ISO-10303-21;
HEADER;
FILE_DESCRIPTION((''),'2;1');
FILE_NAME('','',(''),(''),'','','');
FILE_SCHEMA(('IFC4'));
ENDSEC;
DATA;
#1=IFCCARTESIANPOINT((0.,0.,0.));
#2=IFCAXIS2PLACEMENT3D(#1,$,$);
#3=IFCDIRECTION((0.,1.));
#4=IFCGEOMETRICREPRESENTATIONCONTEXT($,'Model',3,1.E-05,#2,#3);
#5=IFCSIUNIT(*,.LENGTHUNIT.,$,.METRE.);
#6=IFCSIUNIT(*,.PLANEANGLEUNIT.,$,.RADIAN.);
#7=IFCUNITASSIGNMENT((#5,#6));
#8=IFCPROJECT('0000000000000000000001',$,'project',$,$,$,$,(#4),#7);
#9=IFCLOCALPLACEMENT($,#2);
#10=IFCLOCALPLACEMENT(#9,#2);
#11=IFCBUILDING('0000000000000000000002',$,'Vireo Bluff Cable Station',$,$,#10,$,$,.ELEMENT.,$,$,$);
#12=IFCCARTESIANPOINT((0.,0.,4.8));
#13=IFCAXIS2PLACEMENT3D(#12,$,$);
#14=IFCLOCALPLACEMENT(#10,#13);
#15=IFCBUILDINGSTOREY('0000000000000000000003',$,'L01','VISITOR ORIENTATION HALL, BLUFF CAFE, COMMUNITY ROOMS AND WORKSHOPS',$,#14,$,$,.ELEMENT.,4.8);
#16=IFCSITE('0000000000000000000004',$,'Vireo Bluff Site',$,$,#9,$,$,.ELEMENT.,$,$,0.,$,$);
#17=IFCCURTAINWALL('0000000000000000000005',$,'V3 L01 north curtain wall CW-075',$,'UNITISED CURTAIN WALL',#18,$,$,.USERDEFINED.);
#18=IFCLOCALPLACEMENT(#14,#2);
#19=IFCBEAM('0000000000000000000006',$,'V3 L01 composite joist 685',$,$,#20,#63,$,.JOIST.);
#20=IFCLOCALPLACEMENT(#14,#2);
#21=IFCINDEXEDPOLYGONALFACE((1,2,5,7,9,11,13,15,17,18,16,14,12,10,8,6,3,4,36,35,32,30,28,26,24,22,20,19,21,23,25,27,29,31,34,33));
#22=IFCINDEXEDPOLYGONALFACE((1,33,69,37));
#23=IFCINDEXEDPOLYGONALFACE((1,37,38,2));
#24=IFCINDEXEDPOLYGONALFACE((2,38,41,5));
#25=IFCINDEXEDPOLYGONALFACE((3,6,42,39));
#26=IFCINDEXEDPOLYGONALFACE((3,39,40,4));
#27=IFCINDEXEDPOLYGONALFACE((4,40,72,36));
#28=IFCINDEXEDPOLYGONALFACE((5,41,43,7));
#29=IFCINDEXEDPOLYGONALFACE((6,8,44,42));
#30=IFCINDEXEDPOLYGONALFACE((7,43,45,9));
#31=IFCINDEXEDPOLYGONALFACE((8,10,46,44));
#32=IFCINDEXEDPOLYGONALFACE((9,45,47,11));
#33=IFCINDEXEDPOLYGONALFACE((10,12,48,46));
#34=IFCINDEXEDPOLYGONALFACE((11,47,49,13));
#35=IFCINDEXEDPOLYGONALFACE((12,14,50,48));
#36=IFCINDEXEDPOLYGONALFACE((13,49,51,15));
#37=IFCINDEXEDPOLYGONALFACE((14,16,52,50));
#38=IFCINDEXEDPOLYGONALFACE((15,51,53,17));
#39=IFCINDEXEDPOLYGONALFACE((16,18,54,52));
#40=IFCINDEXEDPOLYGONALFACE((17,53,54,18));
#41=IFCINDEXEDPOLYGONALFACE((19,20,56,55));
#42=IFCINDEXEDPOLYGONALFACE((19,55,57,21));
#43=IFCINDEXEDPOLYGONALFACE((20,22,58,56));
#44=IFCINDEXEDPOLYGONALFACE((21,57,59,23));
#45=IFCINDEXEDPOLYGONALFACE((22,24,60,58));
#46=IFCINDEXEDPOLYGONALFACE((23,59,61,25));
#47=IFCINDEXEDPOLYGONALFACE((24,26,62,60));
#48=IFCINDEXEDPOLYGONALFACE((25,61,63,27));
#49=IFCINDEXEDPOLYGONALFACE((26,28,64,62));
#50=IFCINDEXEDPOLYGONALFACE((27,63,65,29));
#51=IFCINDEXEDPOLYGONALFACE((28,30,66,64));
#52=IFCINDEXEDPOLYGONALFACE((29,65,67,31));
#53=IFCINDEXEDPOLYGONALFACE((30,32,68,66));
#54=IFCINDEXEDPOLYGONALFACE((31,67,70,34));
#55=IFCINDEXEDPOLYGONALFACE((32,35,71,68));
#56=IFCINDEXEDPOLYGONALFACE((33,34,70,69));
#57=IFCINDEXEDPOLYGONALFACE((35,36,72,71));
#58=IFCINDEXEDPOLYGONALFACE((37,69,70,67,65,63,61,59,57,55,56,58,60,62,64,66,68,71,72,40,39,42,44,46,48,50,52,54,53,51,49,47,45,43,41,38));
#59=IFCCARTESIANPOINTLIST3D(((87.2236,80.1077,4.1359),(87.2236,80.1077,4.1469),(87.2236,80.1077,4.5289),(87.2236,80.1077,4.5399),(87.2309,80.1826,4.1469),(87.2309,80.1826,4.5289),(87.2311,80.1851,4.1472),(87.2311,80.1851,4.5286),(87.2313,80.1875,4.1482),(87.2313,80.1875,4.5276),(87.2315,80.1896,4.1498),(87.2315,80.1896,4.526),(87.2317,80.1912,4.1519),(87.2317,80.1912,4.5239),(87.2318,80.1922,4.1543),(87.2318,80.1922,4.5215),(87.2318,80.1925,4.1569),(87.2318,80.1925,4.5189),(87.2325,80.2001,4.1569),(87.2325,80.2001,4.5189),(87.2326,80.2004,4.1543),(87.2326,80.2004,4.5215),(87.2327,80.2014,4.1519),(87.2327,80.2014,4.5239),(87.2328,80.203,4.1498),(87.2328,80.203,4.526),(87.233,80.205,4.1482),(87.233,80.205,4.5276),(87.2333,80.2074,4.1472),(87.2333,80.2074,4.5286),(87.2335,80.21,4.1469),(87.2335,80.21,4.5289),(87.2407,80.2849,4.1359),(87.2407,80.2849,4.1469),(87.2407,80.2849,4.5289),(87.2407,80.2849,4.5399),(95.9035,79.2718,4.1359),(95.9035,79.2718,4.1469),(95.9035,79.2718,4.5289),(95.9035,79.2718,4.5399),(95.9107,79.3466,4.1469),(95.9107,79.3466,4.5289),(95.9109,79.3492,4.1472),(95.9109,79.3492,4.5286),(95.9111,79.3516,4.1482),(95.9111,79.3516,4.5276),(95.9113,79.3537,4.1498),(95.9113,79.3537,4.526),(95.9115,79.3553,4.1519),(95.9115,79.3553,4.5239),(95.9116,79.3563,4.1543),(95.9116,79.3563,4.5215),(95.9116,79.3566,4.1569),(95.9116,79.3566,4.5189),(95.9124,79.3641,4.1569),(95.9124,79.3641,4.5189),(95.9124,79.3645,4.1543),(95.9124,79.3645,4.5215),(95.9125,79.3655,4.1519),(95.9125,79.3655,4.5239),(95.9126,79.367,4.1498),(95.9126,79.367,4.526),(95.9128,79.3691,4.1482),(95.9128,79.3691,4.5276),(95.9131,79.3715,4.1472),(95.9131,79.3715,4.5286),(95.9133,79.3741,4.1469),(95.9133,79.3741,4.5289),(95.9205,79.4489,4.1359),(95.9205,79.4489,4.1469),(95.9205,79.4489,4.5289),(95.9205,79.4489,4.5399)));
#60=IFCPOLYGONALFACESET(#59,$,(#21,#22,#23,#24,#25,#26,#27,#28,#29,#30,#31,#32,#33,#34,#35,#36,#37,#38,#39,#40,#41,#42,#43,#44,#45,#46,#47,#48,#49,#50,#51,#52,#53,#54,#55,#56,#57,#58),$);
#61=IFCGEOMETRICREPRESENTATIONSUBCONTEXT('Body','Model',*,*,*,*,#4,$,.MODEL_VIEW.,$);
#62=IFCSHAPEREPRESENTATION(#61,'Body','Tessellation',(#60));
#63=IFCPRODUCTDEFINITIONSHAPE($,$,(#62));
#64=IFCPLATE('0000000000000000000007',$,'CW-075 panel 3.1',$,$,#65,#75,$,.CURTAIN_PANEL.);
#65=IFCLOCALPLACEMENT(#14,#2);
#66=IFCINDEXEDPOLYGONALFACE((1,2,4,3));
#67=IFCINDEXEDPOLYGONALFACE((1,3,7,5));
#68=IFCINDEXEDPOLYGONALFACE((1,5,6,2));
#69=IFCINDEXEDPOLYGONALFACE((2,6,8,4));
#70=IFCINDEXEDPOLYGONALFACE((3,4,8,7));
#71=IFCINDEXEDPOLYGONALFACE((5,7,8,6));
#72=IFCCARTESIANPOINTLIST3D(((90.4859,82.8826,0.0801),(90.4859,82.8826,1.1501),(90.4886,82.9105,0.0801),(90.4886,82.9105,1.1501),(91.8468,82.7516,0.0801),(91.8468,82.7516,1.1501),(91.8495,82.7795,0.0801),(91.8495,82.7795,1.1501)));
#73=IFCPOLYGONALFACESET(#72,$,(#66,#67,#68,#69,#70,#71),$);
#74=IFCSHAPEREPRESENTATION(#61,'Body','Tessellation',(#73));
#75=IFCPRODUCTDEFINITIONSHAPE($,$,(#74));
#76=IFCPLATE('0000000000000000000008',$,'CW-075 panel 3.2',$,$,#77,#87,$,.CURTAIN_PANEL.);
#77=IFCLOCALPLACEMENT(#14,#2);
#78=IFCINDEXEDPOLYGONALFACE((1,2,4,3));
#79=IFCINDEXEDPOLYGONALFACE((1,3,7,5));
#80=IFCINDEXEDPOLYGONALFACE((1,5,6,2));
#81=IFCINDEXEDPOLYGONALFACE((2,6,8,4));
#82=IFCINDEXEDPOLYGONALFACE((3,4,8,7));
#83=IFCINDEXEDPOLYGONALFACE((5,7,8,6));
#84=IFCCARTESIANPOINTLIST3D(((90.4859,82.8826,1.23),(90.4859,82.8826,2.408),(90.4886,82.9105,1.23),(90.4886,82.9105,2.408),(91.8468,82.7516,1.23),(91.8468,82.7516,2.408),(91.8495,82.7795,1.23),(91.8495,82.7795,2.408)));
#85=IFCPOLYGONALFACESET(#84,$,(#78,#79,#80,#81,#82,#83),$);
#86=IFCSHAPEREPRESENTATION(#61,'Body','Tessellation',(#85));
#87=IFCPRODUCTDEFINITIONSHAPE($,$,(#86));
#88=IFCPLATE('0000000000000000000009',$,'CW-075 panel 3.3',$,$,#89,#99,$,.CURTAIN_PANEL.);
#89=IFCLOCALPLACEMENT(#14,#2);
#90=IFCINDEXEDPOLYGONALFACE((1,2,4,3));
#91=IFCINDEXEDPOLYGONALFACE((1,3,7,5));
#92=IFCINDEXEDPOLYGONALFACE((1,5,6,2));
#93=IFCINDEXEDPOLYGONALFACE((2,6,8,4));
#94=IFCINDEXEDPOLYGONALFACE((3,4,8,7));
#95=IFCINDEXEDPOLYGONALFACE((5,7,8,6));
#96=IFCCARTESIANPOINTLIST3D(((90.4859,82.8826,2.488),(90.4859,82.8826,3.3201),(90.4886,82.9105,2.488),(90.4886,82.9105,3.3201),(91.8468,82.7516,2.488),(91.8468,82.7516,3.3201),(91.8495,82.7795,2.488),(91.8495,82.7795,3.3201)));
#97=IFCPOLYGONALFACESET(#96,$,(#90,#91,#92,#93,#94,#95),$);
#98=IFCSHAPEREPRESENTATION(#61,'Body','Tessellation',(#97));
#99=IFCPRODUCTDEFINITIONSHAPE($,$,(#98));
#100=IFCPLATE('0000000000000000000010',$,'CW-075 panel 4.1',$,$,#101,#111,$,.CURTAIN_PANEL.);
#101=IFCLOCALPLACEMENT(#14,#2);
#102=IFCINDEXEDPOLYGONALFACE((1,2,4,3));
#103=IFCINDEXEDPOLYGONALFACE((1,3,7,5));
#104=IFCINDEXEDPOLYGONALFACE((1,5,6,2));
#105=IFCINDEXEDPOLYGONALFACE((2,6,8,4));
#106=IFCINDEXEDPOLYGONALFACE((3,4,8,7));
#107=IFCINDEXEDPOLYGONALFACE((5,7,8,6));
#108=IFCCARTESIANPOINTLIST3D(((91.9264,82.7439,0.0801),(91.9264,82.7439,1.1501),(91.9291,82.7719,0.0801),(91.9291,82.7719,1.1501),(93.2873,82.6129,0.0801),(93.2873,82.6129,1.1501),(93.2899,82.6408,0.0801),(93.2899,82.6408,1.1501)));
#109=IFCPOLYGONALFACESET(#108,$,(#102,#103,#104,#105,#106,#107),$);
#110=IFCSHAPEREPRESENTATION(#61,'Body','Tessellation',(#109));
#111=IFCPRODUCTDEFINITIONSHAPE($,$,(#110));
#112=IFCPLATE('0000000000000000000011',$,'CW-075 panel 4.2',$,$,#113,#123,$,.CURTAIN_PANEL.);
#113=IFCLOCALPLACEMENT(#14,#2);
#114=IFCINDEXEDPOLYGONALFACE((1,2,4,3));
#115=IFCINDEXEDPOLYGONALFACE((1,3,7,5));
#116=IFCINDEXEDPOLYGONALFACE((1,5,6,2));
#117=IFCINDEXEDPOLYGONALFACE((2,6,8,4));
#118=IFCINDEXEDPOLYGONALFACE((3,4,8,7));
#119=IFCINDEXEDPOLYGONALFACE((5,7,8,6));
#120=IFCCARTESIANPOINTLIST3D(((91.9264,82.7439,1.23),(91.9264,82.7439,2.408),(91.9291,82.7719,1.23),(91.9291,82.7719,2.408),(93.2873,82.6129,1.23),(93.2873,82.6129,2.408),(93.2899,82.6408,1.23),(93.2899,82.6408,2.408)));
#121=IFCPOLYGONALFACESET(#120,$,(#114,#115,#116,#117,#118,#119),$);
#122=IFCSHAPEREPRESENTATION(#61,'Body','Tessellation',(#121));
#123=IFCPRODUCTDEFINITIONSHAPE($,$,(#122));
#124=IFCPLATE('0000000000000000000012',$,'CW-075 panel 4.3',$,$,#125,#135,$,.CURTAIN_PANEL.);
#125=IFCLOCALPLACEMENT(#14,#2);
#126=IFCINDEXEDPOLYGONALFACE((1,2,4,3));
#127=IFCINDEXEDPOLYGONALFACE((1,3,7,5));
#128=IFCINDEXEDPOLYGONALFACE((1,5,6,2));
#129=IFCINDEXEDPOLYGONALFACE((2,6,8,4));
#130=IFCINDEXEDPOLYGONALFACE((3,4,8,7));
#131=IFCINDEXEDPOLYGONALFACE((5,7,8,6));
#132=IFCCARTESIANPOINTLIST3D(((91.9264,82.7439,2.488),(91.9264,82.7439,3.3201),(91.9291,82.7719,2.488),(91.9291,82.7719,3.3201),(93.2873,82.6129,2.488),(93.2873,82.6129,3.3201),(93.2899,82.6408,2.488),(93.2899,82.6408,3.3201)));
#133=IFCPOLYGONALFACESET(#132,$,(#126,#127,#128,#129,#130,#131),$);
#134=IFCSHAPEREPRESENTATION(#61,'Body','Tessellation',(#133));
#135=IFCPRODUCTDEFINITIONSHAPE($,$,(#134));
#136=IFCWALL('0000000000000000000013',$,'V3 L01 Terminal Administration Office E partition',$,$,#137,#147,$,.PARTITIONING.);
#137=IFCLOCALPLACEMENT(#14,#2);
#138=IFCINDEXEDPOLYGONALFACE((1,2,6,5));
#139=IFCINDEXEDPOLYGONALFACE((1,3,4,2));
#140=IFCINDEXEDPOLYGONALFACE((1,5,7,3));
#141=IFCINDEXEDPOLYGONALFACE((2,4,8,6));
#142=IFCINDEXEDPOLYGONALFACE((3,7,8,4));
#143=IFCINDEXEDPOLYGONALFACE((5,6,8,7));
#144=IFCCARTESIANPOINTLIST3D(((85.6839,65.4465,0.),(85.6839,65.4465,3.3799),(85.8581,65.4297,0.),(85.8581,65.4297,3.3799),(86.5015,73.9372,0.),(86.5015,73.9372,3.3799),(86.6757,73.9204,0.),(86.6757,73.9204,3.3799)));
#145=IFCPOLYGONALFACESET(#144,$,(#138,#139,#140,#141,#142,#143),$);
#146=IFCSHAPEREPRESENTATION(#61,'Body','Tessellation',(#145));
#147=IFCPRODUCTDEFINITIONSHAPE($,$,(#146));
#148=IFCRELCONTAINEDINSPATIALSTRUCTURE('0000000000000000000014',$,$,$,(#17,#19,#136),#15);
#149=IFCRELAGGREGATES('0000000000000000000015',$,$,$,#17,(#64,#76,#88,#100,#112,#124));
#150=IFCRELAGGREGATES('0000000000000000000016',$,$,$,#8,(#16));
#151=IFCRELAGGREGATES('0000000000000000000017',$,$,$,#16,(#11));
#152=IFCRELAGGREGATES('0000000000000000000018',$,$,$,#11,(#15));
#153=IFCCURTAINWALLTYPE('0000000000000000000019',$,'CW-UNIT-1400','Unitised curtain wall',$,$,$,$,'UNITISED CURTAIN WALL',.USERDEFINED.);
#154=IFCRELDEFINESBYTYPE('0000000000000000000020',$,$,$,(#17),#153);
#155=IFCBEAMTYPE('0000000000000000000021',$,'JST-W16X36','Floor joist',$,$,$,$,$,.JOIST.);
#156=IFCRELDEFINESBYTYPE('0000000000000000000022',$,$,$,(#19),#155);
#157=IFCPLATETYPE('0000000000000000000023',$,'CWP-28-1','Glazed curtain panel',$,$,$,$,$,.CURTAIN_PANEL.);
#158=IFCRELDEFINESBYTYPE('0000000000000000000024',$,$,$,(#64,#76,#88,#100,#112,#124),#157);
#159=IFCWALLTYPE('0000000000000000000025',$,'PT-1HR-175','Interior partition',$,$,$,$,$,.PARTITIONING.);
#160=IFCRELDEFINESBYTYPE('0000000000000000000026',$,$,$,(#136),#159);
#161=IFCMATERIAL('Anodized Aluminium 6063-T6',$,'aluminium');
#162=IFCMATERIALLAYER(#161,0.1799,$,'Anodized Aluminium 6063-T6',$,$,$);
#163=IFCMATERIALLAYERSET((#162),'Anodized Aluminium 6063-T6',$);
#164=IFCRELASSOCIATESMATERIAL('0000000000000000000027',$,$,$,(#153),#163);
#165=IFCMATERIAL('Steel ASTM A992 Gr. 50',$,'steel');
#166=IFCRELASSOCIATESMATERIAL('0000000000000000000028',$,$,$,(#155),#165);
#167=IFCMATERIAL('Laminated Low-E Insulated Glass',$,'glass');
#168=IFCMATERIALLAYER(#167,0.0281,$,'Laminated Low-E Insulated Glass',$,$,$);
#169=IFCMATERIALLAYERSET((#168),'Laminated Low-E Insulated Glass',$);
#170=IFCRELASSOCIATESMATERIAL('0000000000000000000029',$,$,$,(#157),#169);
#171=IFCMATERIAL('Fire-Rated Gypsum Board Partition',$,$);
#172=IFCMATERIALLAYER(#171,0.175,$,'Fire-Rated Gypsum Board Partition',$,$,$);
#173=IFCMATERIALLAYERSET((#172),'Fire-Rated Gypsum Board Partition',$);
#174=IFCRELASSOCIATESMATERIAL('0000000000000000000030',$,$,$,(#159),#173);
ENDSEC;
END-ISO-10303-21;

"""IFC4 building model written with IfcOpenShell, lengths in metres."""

from ifc_helpers import new_model, si_unit, direction, frame, frame_2d, origin, origin_2d, place, context, subcontext, project, spatial, rectangle, i_section, extrude, material, layer, layer_set, material_profile, profile_set, type_object, element, aggregate, save


model = new_model("IFC4")

# Units and contexts
model_context = context("Model", 3, precision=1e-05, world=origin(), true_north=direction((0.0, 1.0)))
body_context = subcontext(model_context, "Body", "Model", "MODEL_VIEW")
ifc_project = project(units=[si_unit("LENGTHUNIT", "METRE"), si_unit("PLANEANGLEUNIT", "RADIAN")], contexts=[model_context])

# Site, building, storey
site_placement = place(None, origin())
site = spatial("IfcSite", under=ifc_project, at=site_placement, Name="Vireo Bluff Site", CompositionType="ELEMENT", RefElevation=0.0)
building_placement = place(site_placement, origin())
building = spatial("IfcBuilding", under=site, at=building_placement, Name="Vireo Bluff Cable Station", CompositionType="ELEMENT")
storey_placement = place(building_placement, frame((0.0, 0.0, 4.8)))
storey = spatial("IfcBuildingStorey", under=building, at=storey_placement, Name="L01", Description="VISITOR ORIENTATION HALL, BLUFF CAFE, COMMUNITY ROOMS AND WORKSHOPS", CompositionType="ELEMENT", Elevation=4.8)

# Curtain wall
ifc_material_1 = material(Name="Anodized Aluminium 6063-T6", Category="aluminium")
ifc_layer_1 = layer(ifc_material_1, 0.1799, Name="Anodized Aluminium 6063-T6")
ifc_layer_set_1 = layer_set([ifc_layer_1], Name="Anodized Aluminium 6063-T6")
curtain_wall_type = type_object("IfcCurtainWallType", Name="CW-UNIT-1400", Description="Unitised curtain wall", ElementType="UNITISED CURTAIN WALL", PredefinedType="USERDEFINED", material=ifc_layer_set_1)
curtain_wall_placement = place(storey_placement, origin())
curtain_wall = element("IfcCurtainWall", 1, at=curtain_wall_placement, inside=storey, type_object=curtain_wall_type, Name="V3 L01 north curtain wall CW-075", ObjectType="UNITISED CURTAIN WALL", PredefinedType="USERDEFINED")

# Beam
ifc_material_2 = material(Name="Steel ASTM A992 Gr. 50", Category="steel")
ifc_material_profile_1 = material_profile(ifc_material_2, i_section(OverallWidth=0.178, OverallDepth=0.4041, WebThickness=0.0076, FlangeThickness=0.011, FilletRadius=0.01, at=origin_2d()), Name="W16X36")
ifc_profile_set_1 = profile_set([ifc_material_profile_1], Name="Steel ASTM A992 Gr. 50")
beam_type_1 = type_object("IfcBeamType", Name="JST-W16X36", Description="Floor joist", PredefinedType="JOIST", material=ifc_profile_set_1)
beam_1_placement = place(storey_placement, frame((87.2322, 80.1963, 4.3379), z_axis=(0.995395, -0.095863, 0.0), x_axis=(0.095863, 0.995395, 0.0)))
element("IfcBeam", 2, at=beam_1_placement, inside=storey, type_object=beam_type_1, Name="V3 L01 composite joist 685", PredefinedType="JOIST", context=body_context, shape_type="SweptSolid", body=[
    extrude(i_section(OverallWidth=0.178, OverallDepth=0.4041, WebThickness=0.0076, FlangeThickness=0.011, FilletRadius=0.01, at=origin_2d()), origin(), (0.0, 0.0, 1.0), 8.72),
])

# Plates
ifc_material_3 = material(Name="Laminated Low-E Insulated Glass", Category="glass")
ifc_layer_2 = layer(ifc_material_3, 0.0281, Name="Laminated Low-E Insulated Glass")
ifc_layer_set_2 = layer_set([ifc_layer_2], Name="Laminated Low-E Insulated Glass")
plate_type = type_object("IfcPlateType", Name="CWP-28-1", Description="Glazed curtain panel", PredefinedType="CURTAIN_PANEL", material=ifc_layer_set_2)
plate_1_placement = place(storey_placement, frame((91.1677, 82.8311, 0.0801), z_axis=(0.0, 0.0, 1.0), x_axis=(0.995396, -0.095846, 0.0)))
plate_1 = element("IfcPlate", 3, at=plate_1_placement, type_object=plate_type, Name="CW-075 panel 3.1", PredefinedType="CURTAIN_PANEL", context=body_context, shape_type="SweptSolid", body=[
    extrude(rectangle(XDim=1.3672, YDim=0.0281, at=origin_2d()), origin(), (0.0, 0.0, 1.0), 1.0701),
])
plate_2_placement = place(storey_placement, frame((91.1677, 82.8311, 1.23), z_axis=(0.0, 0.0, 1.0), x_axis=(0.995396, -0.095846, 0.0)))
plate_2 = element("IfcPlate", 4, at=plate_2_placement, type_object=plate_type, Name="CW-075 panel 3.2", PredefinedType="CURTAIN_PANEL", context=body_context, shape_type="SweptSolid", body=[
    extrude(rectangle(XDim=1.3672, YDim=0.0281, at=origin_2d()), origin(), (0.0, 0.0, 1.0), 1.178),
])
plate_3_placement = place(storey_placement, frame((91.1677, 82.8311, 2.488), z_axis=(0.0, 0.0, 1.0), x_axis=(0.995396, -0.095846, 0.0)))
plate_3 = element("IfcPlate", 5, at=plate_3_placement, type_object=plate_type, Name="CW-075 panel 3.3", PredefinedType="CURTAIN_PANEL", context=body_context, shape_type="SweptSolid", body=[
    extrude(rectangle(XDim=1.3672, YDim=0.0281, at=origin_2d()), origin(), (0.0, 0.0, 1.0), 0.832),
])
plate_4_placement = place(storey_placement, frame((92.6082, 82.6924, 0.0801), z_axis=(0.0, 0.0, 1.0), x_axis=(0.995396, -0.095846, 0.0)))
plate_4 = element("IfcPlate", 6, at=plate_4_placement, type_object=plate_type, Name="CW-075 panel 4.1", PredefinedType="CURTAIN_PANEL", context=body_context, shape_type="SweptSolid", body=[
    extrude(rectangle(XDim=1.3672, YDim=0.0281, at=origin_2d()), origin(), (0.0, 0.0, 1.0), 1.0701),
])
plate_5_placement = place(storey_placement, frame((92.6082, 82.6924, 1.23), z_axis=(0.0, 0.0, 1.0), x_axis=(0.995396, -0.095846, 0.0)))
plate_5 = element("IfcPlate", 7, at=plate_5_placement, type_object=plate_type, Name="CW-075 panel 4.2", PredefinedType="CURTAIN_PANEL", context=body_context, shape_type="SweptSolid", body=[
    extrude(rectangle(XDim=1.3672, YDim=0.0281, at=origin_2d()), origin(), (0.0, 0.0, 1.0), 1.178),
])
plate_6_placement = place(storey_placement, frame((92.6082, 82.6924, 2.488), z_axis=(0.0, 0.0, 1.0), x_axis=(0.995396, -0.095846, 0.0)))
plate_6 = element("IfcPlate", 8, at=plate_6_placement, type_object=plate_type, Name="CW-075 panel 4.3", PredefinedType="CURTAIN_PANEL", context=body_context, shape_type="SweptSolid", body=[
    extrude(rectangle(XDim=1.3672, YDim=0.0281, at=origin_2d()), origin(), (0.0, 0.0, 1.0), 0.832),
])
aggregate(curtain_wall, [plate_1, plate_2, plate_3, plate_4, plate_5, plate_6])

# Wall
ifc_material_4 = material(Name="Fire-Rated Gypsum Board Partition")
ifc_layer_3 = layer(ifc_material_4, 0.175, Name="Fire-Rated Gypsum Board Partition")
ifc_layer_set_3 = layer_set([ifc_layer_3], Name="Fire-Rated Gypsum Board Partition")
wall_type = type_object("IfcWallType", Name="PT-1HR-175", Description="Interior partition", PredefinedType="PARTITIONING", material=ifc_layer_set_3)
wall_placement = place(storey_placement, frame((86.5886, 73.929, 0.0), z_axis=(0.0, 0.0, 1.0), x_axis=(-0.095853, -0.995395, 0.0)))
element("IfcWall", 9, at=wall_placement, inside=storey, type_object=wall_type, Name="V3 L01 Terminal Administration Office E partition", PredefinedType="PARTITIONING", context=body_context, shape_type="SweptSolid", body=[
    extrude(rectangle(XDim=8.53, YDim=0.175, at=frame_2d((4.2651, 0.0))), origin(), (0.0, 0.0, 1.0), 3.3799),
])

save(model, "model.ifc")
